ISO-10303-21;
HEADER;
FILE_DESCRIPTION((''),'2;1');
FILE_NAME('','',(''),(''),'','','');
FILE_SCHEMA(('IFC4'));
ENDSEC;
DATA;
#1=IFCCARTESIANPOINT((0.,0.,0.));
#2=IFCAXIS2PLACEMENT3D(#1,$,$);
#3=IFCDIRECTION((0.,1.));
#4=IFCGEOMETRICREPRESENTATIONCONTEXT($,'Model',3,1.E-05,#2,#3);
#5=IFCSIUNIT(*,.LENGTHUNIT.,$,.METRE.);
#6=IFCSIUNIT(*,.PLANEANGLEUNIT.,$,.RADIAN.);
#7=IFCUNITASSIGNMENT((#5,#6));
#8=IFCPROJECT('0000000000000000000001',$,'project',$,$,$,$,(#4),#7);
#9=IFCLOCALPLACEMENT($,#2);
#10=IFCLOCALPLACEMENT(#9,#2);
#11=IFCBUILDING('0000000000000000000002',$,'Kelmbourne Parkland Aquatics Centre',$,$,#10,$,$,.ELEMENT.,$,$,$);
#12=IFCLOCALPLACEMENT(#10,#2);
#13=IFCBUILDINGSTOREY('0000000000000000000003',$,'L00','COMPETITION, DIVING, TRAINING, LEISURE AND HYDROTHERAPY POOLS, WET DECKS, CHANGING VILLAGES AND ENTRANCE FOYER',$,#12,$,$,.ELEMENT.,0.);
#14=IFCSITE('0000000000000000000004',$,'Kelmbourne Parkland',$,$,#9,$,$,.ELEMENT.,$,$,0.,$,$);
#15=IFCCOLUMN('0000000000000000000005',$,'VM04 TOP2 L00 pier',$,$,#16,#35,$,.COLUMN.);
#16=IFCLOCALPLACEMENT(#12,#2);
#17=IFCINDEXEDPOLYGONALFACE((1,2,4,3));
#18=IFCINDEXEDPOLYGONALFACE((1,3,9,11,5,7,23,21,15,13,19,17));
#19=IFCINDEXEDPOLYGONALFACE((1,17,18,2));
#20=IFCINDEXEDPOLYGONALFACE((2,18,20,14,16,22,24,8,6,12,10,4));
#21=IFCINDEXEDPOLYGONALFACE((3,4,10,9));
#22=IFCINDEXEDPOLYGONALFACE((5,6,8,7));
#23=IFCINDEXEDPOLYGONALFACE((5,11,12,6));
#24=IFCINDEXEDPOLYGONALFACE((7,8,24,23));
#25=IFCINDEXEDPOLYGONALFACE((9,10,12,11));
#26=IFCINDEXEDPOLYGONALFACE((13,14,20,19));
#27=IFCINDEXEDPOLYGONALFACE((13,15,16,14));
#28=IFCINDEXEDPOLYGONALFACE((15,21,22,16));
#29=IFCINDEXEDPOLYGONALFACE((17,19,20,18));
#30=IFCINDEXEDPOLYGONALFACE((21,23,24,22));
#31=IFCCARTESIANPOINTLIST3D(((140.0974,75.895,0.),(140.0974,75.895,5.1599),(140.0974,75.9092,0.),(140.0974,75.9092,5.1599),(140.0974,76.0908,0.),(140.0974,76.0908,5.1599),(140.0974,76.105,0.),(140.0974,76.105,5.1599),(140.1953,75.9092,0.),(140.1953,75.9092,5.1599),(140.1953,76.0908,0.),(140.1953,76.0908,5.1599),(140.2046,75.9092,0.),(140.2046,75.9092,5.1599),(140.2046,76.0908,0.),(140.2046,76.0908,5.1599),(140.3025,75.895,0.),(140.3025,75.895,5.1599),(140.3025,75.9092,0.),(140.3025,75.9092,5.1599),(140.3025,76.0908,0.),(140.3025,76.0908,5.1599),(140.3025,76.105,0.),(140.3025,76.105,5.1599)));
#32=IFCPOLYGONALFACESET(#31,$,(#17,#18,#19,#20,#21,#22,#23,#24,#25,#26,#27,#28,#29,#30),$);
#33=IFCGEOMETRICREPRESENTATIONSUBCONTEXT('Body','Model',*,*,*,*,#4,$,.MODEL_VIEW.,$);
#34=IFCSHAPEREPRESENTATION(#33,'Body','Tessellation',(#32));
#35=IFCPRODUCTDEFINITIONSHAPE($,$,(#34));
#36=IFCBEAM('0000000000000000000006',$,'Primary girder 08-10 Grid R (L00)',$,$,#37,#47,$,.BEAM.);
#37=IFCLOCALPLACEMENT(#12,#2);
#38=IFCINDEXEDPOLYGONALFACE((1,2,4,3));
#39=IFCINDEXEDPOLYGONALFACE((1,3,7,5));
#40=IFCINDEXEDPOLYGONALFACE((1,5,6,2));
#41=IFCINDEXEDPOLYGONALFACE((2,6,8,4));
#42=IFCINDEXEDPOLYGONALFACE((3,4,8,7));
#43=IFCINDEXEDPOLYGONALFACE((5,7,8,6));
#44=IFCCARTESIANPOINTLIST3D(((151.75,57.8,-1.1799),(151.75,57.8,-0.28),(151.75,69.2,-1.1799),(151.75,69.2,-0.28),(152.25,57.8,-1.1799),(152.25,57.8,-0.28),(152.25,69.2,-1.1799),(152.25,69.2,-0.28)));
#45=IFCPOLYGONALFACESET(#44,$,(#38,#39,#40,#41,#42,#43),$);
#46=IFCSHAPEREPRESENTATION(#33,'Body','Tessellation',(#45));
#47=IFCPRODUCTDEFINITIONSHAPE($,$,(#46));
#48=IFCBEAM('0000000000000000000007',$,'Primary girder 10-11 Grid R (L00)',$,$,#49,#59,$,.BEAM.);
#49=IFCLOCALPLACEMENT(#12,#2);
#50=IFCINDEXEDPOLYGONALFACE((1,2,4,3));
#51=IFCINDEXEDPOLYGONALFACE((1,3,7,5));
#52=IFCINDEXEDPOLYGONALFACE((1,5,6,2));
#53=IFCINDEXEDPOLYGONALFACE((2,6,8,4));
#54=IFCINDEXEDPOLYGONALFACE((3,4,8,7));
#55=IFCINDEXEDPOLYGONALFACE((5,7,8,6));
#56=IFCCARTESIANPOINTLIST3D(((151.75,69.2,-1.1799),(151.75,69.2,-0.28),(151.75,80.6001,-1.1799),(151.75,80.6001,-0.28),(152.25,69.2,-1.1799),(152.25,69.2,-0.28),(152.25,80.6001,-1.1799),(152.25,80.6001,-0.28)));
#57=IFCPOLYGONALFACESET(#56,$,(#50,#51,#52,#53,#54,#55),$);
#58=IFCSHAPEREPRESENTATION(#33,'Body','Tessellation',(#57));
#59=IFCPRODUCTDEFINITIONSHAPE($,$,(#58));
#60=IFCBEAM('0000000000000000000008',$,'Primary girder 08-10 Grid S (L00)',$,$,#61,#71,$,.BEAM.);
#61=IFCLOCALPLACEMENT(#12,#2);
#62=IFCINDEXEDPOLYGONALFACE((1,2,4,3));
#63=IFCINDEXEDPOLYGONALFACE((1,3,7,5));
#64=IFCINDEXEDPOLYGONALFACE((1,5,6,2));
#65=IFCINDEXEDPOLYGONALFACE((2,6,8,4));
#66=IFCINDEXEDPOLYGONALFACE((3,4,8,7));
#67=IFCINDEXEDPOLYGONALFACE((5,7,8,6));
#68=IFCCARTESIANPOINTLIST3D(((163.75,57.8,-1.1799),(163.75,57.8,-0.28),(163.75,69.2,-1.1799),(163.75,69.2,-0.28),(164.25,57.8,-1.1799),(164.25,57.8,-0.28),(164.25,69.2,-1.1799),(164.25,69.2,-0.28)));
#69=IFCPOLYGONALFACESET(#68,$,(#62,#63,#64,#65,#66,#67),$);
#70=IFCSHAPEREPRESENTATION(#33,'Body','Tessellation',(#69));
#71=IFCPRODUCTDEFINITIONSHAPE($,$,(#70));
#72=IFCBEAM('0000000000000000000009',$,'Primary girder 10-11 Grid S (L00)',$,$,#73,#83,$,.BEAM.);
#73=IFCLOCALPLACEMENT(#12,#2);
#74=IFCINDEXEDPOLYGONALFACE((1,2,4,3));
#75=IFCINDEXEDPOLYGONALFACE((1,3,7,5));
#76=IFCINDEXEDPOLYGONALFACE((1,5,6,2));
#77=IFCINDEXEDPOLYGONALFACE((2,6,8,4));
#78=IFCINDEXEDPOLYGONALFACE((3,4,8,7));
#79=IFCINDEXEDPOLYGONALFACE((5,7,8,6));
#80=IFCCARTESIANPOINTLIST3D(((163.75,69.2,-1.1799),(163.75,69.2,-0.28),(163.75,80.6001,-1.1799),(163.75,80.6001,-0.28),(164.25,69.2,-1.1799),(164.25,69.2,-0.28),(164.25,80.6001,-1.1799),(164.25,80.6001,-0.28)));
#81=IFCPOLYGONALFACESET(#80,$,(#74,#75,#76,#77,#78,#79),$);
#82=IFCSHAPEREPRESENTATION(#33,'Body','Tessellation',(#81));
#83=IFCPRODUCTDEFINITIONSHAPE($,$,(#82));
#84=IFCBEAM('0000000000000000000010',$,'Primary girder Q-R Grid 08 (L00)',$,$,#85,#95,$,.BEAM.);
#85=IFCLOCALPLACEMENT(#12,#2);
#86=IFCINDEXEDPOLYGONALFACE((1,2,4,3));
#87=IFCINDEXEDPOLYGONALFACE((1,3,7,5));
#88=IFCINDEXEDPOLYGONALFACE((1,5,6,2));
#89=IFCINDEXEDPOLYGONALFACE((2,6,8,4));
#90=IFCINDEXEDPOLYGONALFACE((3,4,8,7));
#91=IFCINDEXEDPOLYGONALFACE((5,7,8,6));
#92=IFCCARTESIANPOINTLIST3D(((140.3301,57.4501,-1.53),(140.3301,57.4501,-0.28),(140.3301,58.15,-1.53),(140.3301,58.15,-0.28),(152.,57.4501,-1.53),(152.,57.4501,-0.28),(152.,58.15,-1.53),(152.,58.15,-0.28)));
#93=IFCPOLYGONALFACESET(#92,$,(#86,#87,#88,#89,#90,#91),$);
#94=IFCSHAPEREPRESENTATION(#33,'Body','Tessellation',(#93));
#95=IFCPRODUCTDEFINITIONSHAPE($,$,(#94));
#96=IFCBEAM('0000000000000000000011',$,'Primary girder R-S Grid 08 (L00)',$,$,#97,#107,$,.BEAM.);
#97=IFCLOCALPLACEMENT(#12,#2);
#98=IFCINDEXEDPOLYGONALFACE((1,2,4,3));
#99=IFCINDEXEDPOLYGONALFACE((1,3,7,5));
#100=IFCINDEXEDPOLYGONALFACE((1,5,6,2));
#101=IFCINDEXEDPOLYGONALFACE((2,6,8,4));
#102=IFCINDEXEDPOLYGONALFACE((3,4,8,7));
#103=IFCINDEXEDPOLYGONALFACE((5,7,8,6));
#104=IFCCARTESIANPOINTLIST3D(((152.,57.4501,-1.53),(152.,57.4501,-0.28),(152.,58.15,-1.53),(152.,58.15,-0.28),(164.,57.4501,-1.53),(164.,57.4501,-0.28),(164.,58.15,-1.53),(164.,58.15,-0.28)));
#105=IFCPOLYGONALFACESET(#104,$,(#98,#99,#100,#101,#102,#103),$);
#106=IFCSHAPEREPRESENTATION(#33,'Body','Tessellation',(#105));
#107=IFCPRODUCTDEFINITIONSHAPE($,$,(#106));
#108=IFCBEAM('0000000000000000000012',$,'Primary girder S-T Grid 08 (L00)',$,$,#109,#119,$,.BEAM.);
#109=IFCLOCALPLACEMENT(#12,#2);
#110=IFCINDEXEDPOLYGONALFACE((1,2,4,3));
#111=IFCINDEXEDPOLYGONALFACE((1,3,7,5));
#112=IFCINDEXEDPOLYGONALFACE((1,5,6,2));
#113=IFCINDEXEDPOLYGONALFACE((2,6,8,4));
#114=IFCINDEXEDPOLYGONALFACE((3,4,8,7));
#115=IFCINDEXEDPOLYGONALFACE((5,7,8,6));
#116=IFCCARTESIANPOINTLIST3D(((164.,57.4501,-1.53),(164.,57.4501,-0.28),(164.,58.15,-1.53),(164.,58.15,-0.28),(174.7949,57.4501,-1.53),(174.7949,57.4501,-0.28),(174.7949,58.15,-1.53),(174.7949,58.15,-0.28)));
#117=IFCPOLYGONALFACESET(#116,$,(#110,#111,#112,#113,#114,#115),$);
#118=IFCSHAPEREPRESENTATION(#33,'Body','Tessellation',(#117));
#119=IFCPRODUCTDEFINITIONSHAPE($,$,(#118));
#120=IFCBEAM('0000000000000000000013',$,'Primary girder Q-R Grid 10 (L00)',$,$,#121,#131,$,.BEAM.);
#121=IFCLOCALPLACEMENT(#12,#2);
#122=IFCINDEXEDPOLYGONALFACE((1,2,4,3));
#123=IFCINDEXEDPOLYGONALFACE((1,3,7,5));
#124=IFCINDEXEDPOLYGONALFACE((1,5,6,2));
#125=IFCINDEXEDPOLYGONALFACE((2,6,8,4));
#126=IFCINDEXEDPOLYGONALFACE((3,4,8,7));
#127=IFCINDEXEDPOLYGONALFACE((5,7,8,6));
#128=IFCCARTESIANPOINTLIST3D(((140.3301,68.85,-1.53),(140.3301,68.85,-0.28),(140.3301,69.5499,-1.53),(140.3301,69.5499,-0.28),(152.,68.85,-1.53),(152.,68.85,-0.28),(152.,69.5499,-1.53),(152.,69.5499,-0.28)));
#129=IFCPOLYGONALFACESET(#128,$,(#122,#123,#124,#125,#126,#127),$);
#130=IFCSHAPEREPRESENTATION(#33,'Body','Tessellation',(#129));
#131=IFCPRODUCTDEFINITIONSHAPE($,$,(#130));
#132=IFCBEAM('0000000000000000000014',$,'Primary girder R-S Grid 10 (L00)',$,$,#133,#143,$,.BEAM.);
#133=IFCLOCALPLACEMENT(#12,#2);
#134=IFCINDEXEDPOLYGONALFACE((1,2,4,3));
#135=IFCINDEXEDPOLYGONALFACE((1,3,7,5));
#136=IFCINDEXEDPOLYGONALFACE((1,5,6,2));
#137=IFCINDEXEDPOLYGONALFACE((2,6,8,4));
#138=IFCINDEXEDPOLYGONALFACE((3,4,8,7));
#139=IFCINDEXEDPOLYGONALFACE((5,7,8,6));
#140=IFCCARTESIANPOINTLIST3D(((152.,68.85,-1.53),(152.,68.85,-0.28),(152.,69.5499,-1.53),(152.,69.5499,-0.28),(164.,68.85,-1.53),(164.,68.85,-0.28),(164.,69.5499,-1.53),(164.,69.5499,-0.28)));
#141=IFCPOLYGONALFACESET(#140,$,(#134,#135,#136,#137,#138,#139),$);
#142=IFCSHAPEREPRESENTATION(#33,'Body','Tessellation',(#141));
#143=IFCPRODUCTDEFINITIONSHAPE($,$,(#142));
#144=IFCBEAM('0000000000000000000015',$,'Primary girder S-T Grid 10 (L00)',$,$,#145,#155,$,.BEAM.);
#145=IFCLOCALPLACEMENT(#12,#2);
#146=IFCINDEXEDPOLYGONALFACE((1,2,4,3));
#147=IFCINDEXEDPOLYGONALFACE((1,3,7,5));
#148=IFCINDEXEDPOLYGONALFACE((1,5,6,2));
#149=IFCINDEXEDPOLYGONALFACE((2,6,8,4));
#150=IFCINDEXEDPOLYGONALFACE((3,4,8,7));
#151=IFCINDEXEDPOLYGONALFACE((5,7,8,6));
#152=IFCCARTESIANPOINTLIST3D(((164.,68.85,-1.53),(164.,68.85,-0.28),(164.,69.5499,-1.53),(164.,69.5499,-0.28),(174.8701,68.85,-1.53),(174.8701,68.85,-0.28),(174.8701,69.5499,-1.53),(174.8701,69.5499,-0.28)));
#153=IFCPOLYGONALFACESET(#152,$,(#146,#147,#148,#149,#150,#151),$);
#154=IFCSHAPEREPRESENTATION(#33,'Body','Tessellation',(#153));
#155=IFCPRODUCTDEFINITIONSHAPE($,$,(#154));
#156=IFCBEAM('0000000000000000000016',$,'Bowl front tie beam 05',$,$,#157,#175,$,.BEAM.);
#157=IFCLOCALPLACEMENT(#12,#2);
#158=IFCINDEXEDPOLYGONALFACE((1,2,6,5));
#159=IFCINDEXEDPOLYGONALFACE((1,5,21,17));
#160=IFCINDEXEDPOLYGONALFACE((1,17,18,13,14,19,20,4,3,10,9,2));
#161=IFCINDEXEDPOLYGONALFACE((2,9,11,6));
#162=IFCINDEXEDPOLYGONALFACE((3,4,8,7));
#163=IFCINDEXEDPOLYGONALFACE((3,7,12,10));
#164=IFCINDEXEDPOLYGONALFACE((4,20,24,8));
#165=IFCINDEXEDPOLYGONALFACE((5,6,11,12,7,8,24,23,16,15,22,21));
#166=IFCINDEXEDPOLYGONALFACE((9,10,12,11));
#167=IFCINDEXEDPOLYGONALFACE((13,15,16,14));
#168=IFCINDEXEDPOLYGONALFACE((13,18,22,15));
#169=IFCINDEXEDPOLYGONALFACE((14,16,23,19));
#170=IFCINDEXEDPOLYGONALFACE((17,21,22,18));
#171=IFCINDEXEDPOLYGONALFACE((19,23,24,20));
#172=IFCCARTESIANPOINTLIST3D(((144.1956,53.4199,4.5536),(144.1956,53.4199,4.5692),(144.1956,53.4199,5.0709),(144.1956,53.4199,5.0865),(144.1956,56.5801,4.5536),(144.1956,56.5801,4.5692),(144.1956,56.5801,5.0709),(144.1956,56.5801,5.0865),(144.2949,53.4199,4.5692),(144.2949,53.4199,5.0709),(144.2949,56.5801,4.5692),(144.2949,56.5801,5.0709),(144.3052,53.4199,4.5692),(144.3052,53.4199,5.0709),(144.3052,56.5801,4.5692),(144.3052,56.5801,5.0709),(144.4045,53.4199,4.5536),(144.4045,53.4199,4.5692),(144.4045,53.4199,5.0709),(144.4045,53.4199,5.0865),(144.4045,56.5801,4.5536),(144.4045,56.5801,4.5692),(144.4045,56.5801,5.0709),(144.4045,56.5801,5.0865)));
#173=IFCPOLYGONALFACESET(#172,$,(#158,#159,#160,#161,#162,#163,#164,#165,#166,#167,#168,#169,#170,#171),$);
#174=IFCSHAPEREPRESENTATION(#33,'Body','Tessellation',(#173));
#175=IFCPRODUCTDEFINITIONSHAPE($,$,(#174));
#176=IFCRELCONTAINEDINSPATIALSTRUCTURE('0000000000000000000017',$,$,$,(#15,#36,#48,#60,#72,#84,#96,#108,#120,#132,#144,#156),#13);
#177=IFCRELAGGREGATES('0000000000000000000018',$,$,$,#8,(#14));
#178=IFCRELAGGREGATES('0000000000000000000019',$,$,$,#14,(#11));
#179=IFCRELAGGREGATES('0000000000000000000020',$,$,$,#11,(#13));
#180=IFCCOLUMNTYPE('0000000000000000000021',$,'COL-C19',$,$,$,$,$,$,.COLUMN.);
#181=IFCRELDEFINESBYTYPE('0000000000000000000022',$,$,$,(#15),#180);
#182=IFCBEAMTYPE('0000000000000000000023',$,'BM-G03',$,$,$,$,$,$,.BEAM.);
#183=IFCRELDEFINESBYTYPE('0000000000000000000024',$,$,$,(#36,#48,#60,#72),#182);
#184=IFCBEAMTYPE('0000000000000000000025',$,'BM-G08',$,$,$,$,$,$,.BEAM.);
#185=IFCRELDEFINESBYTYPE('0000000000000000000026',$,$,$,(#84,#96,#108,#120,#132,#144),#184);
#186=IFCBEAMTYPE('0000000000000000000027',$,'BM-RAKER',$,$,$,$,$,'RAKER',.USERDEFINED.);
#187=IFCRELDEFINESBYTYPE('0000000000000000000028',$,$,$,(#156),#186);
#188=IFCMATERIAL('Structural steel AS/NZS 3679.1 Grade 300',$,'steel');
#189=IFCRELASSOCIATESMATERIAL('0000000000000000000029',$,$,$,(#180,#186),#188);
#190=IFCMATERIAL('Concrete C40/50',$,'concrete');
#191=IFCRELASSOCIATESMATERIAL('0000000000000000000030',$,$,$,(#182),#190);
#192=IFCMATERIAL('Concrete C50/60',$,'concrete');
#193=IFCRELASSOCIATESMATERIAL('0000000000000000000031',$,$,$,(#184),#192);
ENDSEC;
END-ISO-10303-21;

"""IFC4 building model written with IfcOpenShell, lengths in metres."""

from ifc_helpers import new_model, si_unit, direction, frame, origin, origin_2d, place, context, subcontext, project, spatial, rectangle, i_section, extrude, material, material_profile, profile_set, type_object, element, save


model = new_model("IFC4")

# Units and contexts
model_context = context("Model", 3, precision=1e-05, world=origin(), true_north=direction((0.0, 1.0)))
body_context = subcontext(model_context, "Body", "Model", "MODEL_VIEW")
ifc_project = project(units=[si_unit("LENGTHUNIT", "METRE"), si_unit("PLANEANGLEUNIT", "RADIAN")], contexts=[model_context])

# Site, building, storey
site_placement = place(None, origin())
site = spatial("IfcSite", under=ifc_project, at=site_placement, Name="Kelmbourne Parkland", CompositionType="ELEMENT", RefElevation=0.0)
building_placement = place(site_placement, origin())
building = spatial("IfcBuilding", under=site, at=building_placement, Name="Kelmbourne Parkland Aquatics Centre", CompositionType="ELEMENT")
storey_placement = place(building_placement, origin())
storey = spatial("IfcBuildingStorey", under=building, at=storey_placement, Name="L00", Description="COMPETITION, DIVING, TRAINING, LEISURE AND HYDROTHERAPY POOLS, WET DECKS, CHANGING VILLAGES AND ENTRANCE FOYER", CompositionType="ELEMENT", Elevation=0.0)

# Column
ifc_material_1 = material(Name="Structural steel AS/NZS 3679.1 Grade 300", Category="steel")
ifc_material_profile_1 = material_profile(ifc_material_1, i_section(OverallWidth=0.2051, OverallDepth=0.21, WebThickness=0.0093, FlangeThickness=0.0142, at=origin_2d()), Name="200UC59.5")
ifc_profile_set_1 = profile_set([ifc_material_profile_1], Name="Structural steel AS/NZS 3679.1 Grade 300")
column_type_1 = type_object("IfcColumnType", Name="COL-C19", PredefinedType="COLUMN", material=ifc_profile_set_1)
for number, where, z_axis, x_axis, name in (
    (1, (140.2, 76.0, 0.0), (0.0, 0.0, 1.0), (1.0, 0.0, 0.0), "VM04 TOP2 L00 pier"),
):
    element("IfcColumn", number, at=place(storey_placement, frame(where, z_axis=z_axis, x_axis=x_axis)), inside=storey, type_object=column_type_1, Name=name, PredefinedType="COLUMN", context=body_context, shape_type="SweptSolid", body=[
        extrude(i_section(OverallWidth=0.2051, OverallDepth=0.21, WebThickness=0.0093, FlangeThickness=0.0142, at=origin_2d()), origin(), (0.0, 0.0, 1.0), 5.1599),
    ])

# Beams
ifc_material_2 = material(Name="Concrete C40/50", Category="concrete")
ifc_material_profile_2 = material_profile(ifc_material_2, rectangle(XDim=0.5, YDim=0.8999, at=origin_2d()), Name="RC 500x900")
ifc_profile_set_2 = profile_set([ifc_material_profile_2], Name="Concrete C40/50")
beam_type_1 = type_object("IfcBeamType", Name="BM-G03", PredefinedType="BEAM", material=ifc_profile_set_2)
beam_1_placement = place(storey_placement, frame((152.0, 57.8, -0.73), z_axis=(0.0, 1.0, 0.0), x_axis=(-1.0, 0.0, 0.0)))
element("IfcBeam", 2, at=beam_1_placement, inside=storey, type_object=beam_type_1, Name="Primary girder 08-10 Grid R (L00)", PredefinedType="BEAM", context=body_context, shape_type="SweptSolid", body=[
    extrude(rectangle(XDim=0.5, YDim=0.8999, at=origin_2d()), origin(), (0.0, 0.0, 1.0), 11.3999),
])
beam_2_placement = place(storey_placement, frame((152.0, 69.2, -0.73), z_axis=(0.0, 1.0, 0.0), x_axis=(-1.0, 0.0, 0.0)))
element("IfcBeam", 3, at=beam_2_placement, inside=storey, type_object=beam_type_1, Name="Primary girder 10-11 Grid R (L00)", PredefinedType="BEAM", context=body_context, shape_type="SweptSolid", body=[
    extrude(rectangle(XDim=0.5, YDim=0.8999, at=origin_2d()), origin(), (0.0, 0.0, 1.0), 11.4001),
])
beam_3_placement = place(storey_placement, frame((164.0, 57.8, -0.73), z_axis=(0.0, 1.0, 0.0), x_axis=(-1.0, 0.0, 0.0)))
element("IfcBeam", 4, at=beam_3_placement, inside=storey, type_object=beam_type_1, Name="Primary girder 08-10 Grid S (L00)", PredefinedType="BEAM", context=body_context, shape_type="SweptSolid", body=[
    extrude(rectangle(XDim=0.5, YDim=0.8999, at=origin_2d()), origin(), (0.0, 0.0, 1.0), 11.3999),
])
beam_4_placement = place(storey_placement, frame((164.0, 69.2, -0.73), z_axis=(0.0, 1.0, 0.0), x_axis=(-1.0, 0.0, 0.0)))
element("IfcBeam", 5, at=beam_4_placement, inside=storey, type_object=beam_type_1, Name="Primary girder 10-11 Grid S (L00)", PredefinedType="BEAM", context=body_context, shape_type="SweptSolid", body=[
    extrude(rectangle(XDim=0.5, YDim=0.8999, at=origin_2d()), origin(), (0.0, 0.0, 1.0), 11.4001),
])
ifc_material_3 = material(Name="Concrete C50/60", Category="concrete")
ifc_material_profile_3 = material_profile(ifc_material_3, rectangle(XDim=0.7, YDim=1.25, at=origin_2d()), Name="RC 700x1250")
ifc_profile_set_3 = profile_set([ifc_material_profile_3], Name="Concrete C50/60")
beam_type_2 = type_object("IfcBeamType", Name="BM-G08", PredefinedType="BEAM", material=ifc_profile_set_3)
beam_5_placement = place(storey_placement, frame((140.3301, 57.8, -0.905), z_axis=(1.0, 0.0, 0.0), x_axis=(0.0, 1.0, 0.0)))
element("IfcBeam", 6, at=beam_5_placement, inside=storey, type_object=beam_type_2, Name="Primary girder Q-R Grid 08 (L00)", PredefinedType="BEAM", context=body_context, shape_type="SweptSolid", body=[
    extrude(rectangle(XDim=0.7, YDim=1.25, at=origin_2d()), origin(), (0.0, 0.0, 1.0), 11.6699),
])
beam_6_placement = place(storey_placement, frame((152.0, 57.8, -0.905), z_axis=(1.0, 0.0, 0.0), x_axis=(0.0, 1.0, 0.0)))
element("IfcBeam", 7, at=beam_6_placement, inside=storey, type_object=beam_type_2, Name="Primary girder R-S Grid 08 (L00)", PredefinedType="BEAM", context=body_context, shape_type="SweptSolid", body=[
    extrude(rectangle(XDim=0.7, YDim=1.25, at=origin_2d()), origin(), (0.0, 0.0, 1.0), 12.0),
])
beam_7_placement = place(storey_placement, frame((164.0, 57.8, -0.905), z_axis=(1.0, 0.0, 0.0), x_axis=(0.0, 1.0, 0.0)))
element("IfcBeam", 8, at=beam_7_placement, inside=storey, type_object=beam_type_2, Name="Primary girder S-T Grid 08 (L00)", PredefinedType="BEAM", context=body_context, shape_type="SweptSolid", body=[
    extrude(rectangle(XDim=0.7, YDim=1.25, at=origin_2d()), origin(), (0.0, 0.0, 1.0), 10.7949),
])
beam_8_placement = place(storey_placement, frame((140.3301, 69.2, -0.905), z_axis=(1.0, 0.0, 0.0), x_axis=(0.0, 1.0, 0.0)))
element("IfcBeam", 9, at=beam_8_placement, inside=storey, type_object=beam_type_2, Name="Primary girder Q-R Grid 10 (L00)", PredefinedType="BEAM", context=body_context, shape_type="SweptSolid", body=[
    extrude(rectangle(XDim=0.7, YDim=1.25, at=origin_2d()), origin(), (0.0, 0.0, 1.0), 11.6699),
])
beam_9_placement = place(storey_placement, frame((152.0, 69.2, -0.905), z_axis=(1.0, 0.0, 0.0), x_axis=(0.0, 1.0, 0.0)))
element("IfcBeam", 10, at=beam_9_placement, inside=storey, type_object=beam_type_2, Name="Primary girder R-S Grid 10 (L00)", PredefinedType="BEAM", context=body_context, shape_type="SweptSolid", body=[
    extrude(rectangle(XDim=0.7, YDim=1.25, at=origin_2d()), origin(), (0.0, 0.0, 1.0), 12.0),
])
beam_10_placement = place(storey_placement, frame((164.0, 69.2, -0.905), z_axis=(1.0, 0.0, 0.0), x_axis=(0.0, 1.0, 0.0)))
element("IfcBeam", 11, at=beam_10_placement, inside=storey, type_object=beam_type_2, Name="Primary girder S-T Grid 10 (L00)", PredefinedType="BEAM", context=body_context, shape_type="SweptSolid", body=[
    extrude(rectangle(XDim=0.7, YDim=1.25, at=origin_2d()), origin(), (0.0, 0.0, 1.0), 10.8701),
])
ifc_material_profile_4 = material_profile(ifc_material_1, i_section(OverallWidth=0.209, OverallDepth=0.533, WebThickness=0.0103, FlangeThickness=0.0156, at=origin_2d()), Name="530UB92.4")
ifc_profile_set_4 = profile_set([ifc_material_profile_4], Name="Structural steel AS/NZS 3679.1 Grade 300")
beam_type_3 = type_object("IfcBeamType", Name="BM-RAKER", ElementType="RAKER", PredefinedType="USERDEFINED", material=ifc_profile_set_4)
beam_11_placement = place(storey_placement, frame((144.3, 53.4199, 4.8201), z_axis=(0.0, 1.0, 0.0), x_axis=(-1.0, 0.0, 0.0)))
element("IfcBeam", 12, at=beam_11_placement, inside=storey, type_object=beam_type_3, Name="Bowl front tie beam 05", PredefinedType="BEAM", context=body_context, shape_type="SweptSolid", body=[
    extrude(i_section(OverallWidth=0.209, OverallDepth=0.533, WebThickness=0.0103, FlangeThickness=0.0156, at=origin_2d()), origin(), (0.0, 0.0, 1.0), 3.1602),
])

save(model, "model.ifc")
